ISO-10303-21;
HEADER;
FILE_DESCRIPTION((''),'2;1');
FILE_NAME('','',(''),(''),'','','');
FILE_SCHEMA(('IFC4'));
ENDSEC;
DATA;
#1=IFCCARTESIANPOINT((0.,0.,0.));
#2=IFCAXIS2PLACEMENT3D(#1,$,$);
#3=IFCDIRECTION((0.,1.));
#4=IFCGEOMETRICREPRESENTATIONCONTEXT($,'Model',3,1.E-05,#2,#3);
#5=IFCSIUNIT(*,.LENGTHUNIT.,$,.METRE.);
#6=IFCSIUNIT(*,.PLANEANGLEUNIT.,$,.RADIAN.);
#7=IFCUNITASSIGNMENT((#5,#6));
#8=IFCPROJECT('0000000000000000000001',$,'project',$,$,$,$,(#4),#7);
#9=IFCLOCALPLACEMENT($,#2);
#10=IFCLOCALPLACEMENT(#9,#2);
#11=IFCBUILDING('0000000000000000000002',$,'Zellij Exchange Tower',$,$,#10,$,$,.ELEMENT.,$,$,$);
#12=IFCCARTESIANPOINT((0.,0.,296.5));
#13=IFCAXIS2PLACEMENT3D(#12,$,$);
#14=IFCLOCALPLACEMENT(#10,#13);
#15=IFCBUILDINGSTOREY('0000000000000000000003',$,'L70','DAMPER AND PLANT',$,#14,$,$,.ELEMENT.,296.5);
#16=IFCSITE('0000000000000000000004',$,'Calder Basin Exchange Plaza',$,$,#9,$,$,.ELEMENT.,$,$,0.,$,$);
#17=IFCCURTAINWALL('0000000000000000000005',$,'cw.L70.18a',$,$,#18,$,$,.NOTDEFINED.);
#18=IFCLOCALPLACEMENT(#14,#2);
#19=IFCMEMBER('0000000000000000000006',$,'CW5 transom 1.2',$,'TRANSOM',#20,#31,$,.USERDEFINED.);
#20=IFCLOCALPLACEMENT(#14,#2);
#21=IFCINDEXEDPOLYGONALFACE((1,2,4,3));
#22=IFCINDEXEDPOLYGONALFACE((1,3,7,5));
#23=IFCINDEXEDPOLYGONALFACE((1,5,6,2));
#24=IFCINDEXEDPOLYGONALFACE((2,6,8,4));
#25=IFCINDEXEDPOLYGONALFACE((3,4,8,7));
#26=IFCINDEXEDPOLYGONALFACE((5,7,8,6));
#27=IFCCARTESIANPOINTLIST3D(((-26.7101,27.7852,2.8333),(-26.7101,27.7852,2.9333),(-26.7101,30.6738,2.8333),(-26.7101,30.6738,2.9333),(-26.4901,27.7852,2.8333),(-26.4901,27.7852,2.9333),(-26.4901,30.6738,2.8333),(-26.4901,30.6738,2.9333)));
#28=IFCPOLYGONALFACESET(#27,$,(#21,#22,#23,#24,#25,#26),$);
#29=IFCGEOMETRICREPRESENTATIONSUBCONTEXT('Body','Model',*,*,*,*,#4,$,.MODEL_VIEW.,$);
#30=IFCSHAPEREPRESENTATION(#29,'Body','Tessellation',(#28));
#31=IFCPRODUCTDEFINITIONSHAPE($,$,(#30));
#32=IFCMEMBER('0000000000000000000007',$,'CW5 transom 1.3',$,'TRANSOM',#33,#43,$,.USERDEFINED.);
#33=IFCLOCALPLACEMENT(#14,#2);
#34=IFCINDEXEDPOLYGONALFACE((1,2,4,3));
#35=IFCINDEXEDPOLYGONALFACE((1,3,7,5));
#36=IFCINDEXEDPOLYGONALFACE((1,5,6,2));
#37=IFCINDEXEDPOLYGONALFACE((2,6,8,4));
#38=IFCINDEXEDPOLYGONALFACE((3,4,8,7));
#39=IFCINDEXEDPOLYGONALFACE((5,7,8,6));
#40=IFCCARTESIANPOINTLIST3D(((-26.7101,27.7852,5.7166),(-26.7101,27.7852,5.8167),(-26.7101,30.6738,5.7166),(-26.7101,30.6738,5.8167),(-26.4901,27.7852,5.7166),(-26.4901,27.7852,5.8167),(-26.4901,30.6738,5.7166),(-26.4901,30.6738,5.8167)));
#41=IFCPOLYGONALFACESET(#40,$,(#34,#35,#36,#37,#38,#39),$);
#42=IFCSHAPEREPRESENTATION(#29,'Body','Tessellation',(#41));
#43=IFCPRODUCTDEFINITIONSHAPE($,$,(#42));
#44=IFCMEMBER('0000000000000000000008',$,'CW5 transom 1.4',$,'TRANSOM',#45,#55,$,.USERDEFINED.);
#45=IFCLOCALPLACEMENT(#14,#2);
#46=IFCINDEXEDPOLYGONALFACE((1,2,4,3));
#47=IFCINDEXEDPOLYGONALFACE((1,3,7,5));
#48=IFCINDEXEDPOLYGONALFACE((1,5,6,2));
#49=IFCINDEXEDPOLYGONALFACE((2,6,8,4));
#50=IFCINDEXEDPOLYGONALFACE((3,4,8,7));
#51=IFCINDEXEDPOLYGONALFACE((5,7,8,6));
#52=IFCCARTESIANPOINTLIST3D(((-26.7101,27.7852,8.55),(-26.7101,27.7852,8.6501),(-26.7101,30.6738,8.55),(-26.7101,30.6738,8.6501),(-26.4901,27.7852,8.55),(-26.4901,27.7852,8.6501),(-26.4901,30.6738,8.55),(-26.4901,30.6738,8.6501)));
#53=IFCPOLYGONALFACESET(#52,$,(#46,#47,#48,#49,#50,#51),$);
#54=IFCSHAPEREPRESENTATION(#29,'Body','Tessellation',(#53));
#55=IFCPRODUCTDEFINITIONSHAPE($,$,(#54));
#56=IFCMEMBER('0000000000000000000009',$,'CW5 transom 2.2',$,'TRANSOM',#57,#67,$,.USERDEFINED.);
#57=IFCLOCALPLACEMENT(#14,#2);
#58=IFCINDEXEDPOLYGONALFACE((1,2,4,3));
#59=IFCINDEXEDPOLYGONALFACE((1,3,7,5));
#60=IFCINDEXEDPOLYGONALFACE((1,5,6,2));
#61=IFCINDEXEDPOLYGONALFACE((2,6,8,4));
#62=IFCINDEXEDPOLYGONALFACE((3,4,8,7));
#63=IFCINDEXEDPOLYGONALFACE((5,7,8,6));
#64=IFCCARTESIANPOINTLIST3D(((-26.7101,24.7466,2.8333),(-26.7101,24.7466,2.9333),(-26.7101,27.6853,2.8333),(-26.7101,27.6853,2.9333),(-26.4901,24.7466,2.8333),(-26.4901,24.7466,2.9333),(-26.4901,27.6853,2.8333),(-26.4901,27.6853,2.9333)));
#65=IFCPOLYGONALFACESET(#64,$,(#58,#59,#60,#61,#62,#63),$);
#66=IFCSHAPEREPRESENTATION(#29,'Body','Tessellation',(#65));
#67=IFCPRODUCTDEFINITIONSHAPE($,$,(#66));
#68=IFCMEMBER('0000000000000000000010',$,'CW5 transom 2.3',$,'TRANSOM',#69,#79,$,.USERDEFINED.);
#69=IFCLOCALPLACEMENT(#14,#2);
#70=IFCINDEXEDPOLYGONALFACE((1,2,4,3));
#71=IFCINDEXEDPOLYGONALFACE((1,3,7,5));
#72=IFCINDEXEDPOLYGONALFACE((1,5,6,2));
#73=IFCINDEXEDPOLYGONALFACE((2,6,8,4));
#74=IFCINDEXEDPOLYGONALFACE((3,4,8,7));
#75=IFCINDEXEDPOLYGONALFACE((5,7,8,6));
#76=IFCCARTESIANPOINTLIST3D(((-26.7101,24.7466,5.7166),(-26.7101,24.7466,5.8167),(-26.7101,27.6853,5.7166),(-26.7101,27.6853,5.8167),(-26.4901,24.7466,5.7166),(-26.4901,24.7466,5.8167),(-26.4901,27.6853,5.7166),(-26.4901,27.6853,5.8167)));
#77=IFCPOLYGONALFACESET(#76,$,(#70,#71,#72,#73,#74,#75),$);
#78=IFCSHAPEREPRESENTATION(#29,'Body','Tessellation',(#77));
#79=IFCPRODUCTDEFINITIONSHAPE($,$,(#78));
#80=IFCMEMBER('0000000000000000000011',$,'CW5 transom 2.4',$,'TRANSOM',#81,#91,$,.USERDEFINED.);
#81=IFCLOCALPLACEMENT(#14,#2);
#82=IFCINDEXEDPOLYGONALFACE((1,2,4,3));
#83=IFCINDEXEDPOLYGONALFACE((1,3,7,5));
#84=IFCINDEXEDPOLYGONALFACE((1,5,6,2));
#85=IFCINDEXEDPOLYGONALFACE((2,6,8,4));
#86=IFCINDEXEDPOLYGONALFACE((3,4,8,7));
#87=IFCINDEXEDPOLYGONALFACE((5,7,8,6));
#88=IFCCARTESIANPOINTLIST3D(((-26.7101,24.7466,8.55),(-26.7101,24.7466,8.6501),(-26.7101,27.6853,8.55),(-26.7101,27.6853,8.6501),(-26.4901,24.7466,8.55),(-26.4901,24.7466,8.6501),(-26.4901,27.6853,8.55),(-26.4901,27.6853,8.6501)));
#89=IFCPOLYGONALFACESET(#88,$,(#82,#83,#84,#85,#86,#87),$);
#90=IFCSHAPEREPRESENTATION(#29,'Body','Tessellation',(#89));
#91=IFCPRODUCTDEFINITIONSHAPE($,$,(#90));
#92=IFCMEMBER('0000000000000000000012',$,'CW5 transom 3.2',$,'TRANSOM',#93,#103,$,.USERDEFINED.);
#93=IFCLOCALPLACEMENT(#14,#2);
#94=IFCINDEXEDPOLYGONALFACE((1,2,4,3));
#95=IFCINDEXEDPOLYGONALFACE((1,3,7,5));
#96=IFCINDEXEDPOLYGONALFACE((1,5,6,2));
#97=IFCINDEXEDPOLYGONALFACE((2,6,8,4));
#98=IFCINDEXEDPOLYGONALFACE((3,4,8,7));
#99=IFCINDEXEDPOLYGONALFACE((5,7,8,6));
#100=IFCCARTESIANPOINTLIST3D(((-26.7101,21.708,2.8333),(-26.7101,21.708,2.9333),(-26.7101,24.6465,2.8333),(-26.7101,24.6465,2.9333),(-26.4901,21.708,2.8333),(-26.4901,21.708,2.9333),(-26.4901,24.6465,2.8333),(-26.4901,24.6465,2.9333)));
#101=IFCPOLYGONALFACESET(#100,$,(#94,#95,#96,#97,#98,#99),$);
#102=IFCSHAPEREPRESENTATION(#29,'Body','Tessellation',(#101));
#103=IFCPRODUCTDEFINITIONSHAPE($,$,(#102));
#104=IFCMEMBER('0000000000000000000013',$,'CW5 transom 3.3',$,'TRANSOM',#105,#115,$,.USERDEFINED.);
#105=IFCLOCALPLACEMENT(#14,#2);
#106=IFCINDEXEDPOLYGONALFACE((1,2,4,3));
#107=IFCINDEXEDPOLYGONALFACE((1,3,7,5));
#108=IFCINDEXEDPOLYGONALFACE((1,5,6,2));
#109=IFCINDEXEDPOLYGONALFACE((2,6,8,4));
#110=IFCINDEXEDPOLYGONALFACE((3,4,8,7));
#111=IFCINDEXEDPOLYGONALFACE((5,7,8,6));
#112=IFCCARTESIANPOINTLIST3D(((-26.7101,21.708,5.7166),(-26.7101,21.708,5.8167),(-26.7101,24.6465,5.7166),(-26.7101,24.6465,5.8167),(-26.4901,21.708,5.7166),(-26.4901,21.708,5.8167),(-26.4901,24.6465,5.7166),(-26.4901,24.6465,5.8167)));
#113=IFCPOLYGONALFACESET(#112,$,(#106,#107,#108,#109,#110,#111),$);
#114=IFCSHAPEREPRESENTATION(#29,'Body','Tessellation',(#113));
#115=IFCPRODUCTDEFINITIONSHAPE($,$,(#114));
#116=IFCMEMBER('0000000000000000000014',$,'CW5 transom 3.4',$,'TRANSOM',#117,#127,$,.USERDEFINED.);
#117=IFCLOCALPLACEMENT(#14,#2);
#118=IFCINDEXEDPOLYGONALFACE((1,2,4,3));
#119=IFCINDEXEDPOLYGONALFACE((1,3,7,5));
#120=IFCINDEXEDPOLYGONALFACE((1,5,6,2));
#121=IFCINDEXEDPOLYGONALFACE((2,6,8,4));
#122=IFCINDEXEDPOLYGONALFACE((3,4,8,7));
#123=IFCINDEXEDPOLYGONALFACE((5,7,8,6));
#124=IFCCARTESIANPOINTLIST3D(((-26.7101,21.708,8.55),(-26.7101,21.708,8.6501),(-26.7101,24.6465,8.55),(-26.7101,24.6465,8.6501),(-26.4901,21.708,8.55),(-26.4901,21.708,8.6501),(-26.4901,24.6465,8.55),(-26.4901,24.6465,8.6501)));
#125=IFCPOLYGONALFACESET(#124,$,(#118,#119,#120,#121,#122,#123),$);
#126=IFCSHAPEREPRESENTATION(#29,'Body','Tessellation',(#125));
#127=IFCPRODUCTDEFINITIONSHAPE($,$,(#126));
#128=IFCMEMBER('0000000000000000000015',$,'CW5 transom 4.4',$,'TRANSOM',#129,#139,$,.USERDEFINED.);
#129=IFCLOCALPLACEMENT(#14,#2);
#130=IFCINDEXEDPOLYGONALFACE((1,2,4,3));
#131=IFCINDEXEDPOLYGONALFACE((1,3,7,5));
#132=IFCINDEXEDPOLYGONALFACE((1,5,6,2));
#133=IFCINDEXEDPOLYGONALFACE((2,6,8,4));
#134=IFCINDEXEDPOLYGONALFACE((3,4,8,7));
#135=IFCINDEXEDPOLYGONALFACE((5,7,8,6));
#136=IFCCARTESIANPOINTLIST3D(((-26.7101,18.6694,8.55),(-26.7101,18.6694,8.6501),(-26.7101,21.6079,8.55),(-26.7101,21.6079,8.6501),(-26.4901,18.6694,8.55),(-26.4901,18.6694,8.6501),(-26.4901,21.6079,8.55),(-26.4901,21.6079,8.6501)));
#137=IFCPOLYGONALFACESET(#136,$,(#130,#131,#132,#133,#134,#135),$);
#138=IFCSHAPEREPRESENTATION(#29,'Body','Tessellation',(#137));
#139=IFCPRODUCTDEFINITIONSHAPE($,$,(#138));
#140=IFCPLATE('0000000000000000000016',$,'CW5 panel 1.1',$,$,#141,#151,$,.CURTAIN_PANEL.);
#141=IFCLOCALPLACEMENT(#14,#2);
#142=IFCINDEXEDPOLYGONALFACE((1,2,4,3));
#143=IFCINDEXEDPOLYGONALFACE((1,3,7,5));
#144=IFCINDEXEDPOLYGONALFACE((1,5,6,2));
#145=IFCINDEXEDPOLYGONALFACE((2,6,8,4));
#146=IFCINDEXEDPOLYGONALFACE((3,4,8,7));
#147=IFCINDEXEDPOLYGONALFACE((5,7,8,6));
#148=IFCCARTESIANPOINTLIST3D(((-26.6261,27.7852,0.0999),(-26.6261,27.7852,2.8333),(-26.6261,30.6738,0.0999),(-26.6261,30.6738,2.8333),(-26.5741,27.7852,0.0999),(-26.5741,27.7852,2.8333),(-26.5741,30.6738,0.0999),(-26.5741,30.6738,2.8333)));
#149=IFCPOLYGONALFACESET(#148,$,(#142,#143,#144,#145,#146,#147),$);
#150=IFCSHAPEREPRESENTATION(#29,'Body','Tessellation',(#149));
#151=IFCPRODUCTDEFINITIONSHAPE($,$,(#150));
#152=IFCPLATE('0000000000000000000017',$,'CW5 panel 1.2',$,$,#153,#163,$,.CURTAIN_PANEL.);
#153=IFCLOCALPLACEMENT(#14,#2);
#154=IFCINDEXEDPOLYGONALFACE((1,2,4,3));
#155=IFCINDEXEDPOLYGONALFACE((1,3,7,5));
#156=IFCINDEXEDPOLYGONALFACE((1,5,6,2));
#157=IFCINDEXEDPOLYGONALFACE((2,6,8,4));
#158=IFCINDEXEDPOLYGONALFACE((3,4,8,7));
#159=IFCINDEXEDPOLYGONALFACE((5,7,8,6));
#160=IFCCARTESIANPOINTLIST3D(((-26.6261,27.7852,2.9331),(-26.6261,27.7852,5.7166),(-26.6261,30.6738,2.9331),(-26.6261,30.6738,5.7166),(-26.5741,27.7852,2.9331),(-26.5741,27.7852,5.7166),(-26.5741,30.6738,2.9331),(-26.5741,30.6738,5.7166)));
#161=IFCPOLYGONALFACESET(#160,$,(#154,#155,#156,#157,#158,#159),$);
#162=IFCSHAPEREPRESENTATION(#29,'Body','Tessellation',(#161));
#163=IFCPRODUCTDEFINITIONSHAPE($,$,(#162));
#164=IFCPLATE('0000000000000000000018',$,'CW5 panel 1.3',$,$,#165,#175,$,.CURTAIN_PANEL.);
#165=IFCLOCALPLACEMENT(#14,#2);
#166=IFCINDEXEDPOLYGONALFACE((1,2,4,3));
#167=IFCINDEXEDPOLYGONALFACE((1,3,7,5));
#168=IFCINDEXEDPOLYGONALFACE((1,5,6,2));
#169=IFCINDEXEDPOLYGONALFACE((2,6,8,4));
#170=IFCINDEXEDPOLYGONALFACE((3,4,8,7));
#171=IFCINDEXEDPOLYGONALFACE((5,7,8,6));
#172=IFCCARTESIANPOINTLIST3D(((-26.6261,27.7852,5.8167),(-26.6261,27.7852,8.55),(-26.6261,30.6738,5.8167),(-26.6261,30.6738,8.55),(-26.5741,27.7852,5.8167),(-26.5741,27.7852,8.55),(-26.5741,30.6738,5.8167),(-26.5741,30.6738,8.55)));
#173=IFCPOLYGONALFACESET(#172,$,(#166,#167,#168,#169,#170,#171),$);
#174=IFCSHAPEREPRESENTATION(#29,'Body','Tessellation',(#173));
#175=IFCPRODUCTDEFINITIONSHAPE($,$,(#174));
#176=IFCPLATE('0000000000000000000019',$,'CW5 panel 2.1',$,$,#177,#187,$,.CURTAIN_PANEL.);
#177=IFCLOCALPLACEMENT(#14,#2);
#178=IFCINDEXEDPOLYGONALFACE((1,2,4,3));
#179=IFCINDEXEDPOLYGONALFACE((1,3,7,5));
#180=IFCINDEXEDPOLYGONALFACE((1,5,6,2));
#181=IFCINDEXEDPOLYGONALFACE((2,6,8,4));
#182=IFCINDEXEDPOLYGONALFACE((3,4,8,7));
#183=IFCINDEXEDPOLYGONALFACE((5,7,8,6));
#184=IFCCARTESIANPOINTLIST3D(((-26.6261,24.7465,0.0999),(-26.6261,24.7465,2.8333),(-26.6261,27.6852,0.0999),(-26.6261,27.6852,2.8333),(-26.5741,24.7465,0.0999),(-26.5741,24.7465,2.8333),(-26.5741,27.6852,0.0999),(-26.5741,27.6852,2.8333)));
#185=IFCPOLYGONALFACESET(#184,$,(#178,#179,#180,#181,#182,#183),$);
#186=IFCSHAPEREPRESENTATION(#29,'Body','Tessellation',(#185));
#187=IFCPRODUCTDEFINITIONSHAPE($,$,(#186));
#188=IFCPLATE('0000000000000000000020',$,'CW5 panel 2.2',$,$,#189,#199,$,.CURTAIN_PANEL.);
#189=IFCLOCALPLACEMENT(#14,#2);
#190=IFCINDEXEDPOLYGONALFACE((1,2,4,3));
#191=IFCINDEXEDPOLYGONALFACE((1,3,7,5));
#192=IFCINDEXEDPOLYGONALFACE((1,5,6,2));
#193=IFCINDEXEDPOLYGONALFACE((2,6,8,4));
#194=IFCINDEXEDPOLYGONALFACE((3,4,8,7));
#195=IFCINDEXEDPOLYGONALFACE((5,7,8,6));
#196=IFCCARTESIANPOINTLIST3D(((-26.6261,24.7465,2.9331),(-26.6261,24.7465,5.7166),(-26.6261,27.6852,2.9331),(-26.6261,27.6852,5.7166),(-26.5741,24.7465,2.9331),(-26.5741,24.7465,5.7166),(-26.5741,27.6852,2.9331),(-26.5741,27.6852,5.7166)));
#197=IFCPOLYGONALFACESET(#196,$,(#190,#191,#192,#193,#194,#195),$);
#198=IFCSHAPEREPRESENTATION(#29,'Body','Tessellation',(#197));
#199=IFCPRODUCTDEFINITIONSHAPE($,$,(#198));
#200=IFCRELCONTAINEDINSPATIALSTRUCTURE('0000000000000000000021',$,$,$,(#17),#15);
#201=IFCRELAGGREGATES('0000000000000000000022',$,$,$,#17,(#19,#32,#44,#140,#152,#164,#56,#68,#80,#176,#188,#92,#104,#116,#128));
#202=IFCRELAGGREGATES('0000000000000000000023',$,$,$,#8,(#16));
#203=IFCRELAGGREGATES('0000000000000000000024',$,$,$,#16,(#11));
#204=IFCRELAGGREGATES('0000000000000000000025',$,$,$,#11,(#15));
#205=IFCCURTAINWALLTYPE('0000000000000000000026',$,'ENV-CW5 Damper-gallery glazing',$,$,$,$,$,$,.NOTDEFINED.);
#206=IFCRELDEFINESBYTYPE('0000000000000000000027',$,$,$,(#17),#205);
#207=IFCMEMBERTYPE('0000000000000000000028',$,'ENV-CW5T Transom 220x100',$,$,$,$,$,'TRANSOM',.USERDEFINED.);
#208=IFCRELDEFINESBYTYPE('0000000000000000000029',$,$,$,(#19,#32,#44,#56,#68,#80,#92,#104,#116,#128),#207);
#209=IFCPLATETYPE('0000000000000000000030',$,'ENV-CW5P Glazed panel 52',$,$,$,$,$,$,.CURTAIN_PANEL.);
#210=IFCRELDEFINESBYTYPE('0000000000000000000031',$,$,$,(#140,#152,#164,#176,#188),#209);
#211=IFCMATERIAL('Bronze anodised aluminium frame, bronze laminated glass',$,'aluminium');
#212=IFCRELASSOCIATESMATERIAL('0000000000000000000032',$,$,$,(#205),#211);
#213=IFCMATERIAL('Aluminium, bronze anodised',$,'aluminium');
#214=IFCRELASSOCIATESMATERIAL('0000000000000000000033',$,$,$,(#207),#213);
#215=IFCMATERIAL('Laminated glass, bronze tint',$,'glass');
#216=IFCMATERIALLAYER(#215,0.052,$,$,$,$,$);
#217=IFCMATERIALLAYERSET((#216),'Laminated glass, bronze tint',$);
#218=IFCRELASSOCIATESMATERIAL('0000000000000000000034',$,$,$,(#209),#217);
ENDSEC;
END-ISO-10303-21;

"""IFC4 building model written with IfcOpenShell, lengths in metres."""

from ifc_helpers import new_model, si_unit, direction, frame, origin, origin_2d, place, context, subcontext, project, spatial, rectangle, extrude, material, layer, layer_set, material_profile, profile_set, type_object, element, aggregate, save


model = new_model("IFC4")

# Units and contexts
model_context = context("Model", 3, precision=1e-05, world=origin(), true_north=direction((0.0, 1.0)))
body_context = subcontext(model_context, "Body", "Model", "MODEL_VIEW")
ifc_project = project(units=[si_unit("LENGTHUNIT", "METRE"), si_unit("PLANEANGLEUNIT", "RADIAN")], contexts=[model_context])

# Site, building, storey
site_placement = place(None, origin())
site = spatial("IfcSite", under=ifc_project, at=site_placement, Name="Calder Basin Exchange Plaza", CompositionType="ELEMENT", RefElevation=0.0)
building_placement = place(site_placement, origin())
building = spatial("IfcBuilding", under=site, at=building_placement, Name="Zellij Exchange Tower", CompositionType="ELEMENT")
storey_placement = place(building_placement, frame((0.0, 0.0, 296.5)))
storey = spatial("IfcBuildingStorey", under=building, at=storey_placement, Name="L70", Description="DAMPER AND PLANT", CompositionType="ELEMENT", Elevation=296.5)

# Curtain wall, members, plates
ifc_material_1 = material(Name="Bronze anodised aluminium frame, bronze laminated glass", Category="aluminium")
curtain_wall_type = type_object("IfcCurtainWallType", Name="ENV-CW5 Damper-gallery glazing", PredefinedType="NOTDEFINED", material=ifc_material_1)
curtain_wall_placement = place(storey_placement, origin())
curtain_wall = element("IfcCurtainWall", 1, at=curtain_wall_placement, inside=storey, type_object=curtain_wall_type, Name="cw.L70.18a", PredefinedType="NOTDEFINED")
ifc_material_2 = material(Name="Aluminium, bronze anodised", Category="aluminium")
ifc_material_profile = material_profile(ifc_material_2, rectangle(XDim=0.22, YDim=0.1001, at=origin_2d()), Name="AL 220x100")
ifc_profile_set = profile_set([ifc_material_profile], Name="Aluminium, bronze anodised")
member_type = type_object("IfcMemberType", Name="ENV-CW5T Transom 220x100", ElementType="TRANSOM", PredefinedType="USERDEFINED", material=ifc_profile_set)
member_1_placement = place(storey_placement, frame((-26.6001, 30.6738, 2.8833), z_axis=(0.0, -1.0, 0.0), x_axis=(1.0, 0.0, 0.0)))
member_1 = element("IfcMember", 2, at=member_1_placement, type_object=member_type, Name="CW5 transom 1.2", ObjectType="TRANSOM", PredefinedType="USERDEFINED", context=body_context, shape_type="SweptSolid", body=[
    extrude(rectangle(XDim=0.22, YDim=0.1001, at=origin_2d()), origin(), (0.0, 0.0, 1.0), 2.8887),
])
member_2_placement = place(storey_placement, frame((-26.6001, 30.6738, 5.7666), z_axis=(0.0, -1.0, 0.0), x_axis=(1.0, 0.0, 0.0)))
member_2 = element("IfcMember", 3, at=member_2_placement, type_object=member_type, Name="CW5 transom 1.3", ObjectType="TRANSOM", PredefinedType="USERDEFINED", context=body_context, shape_type="SweptSolid", body=[
    extrude(rectangle(XDim=0.22, YDim=0.1001, at=origin_2d()), origin(), (0.0, 0.0, 1.0), 2.8887),
])
member_3_placement = place(storey_placement, frame((-26.6001, 30.6738, 8.6001), z_axis=(0.0, -1.0, 0.0), x_axis=(1.0, 0.0, 0.0)))
member_3 = element("IfcMember", 4, at=member_3_placement, type_object=member_type, Name="CW5 transom 1.4", ObjectType="TRANSOM", PredefinedType="USERDEFINED", context=body_context, shape_type="SweptSolid", body=[
    extrude(rectangle(XDim=0.22, YDim=0.1001, at=origin_2d()), origin(), (0.0, 0.0, 1.0), 2.8887),
])
member_4_placement = place(storey_placement, frame((-26.6001, 27.6853, 2.8833), z_axis=(0.0, -1.0, 0.0), x_axis=(1.0, 0.0, 0.0)))
member_4 = element("IfcMember", 5, at=member_4_placement, type_object=member_type, Name="CW5 transom 2.2", ObjectType="TRANSOM", PredefinedType="USERDEFINED", context=body_context, shape_type="SweptSolid", body=[
    extrude(rectangle(XDim=0.22, YDim=0.1001, at=origin_2d()), origin(), (0.0, 0.0, 1.0), 2.9387),
])
member_5_placement = place(storey_placement, frame((-26.6001, 27.6853, 5.7666), z_axis=(0.0, -1.0, 0.0), x_axis=(1.0, 0.0, 0.0)))
member_5 = element("IfcMember", 6, at=member_5_placement, type_object=member_type, Name="CW5 transom 2.3", ObjectType="TRANSOM", PredefinedType="USERDEFINED", context=body_context, shape_type="SweptSolid", body=[
    extrude(rectangle(XDim=0.22, YDim=0.1001, at=origin_2d()), origin(), (0.0, 0.0, 1.0), 2.9387),
])
member_6_placement = place(storey_placement, frame((-26.6001, 27.6853, 8.6001), z_axis=(0.0, -1.0, 0.0), x_axis=(1.0, 0.0, 0.0)))
member_6 = element("IfcMember", 7, at=member_6_placement, type_object=member_type, Name="CW5 transom 2.4", ObjectType="TRANSOM", PredefinedType="USERDEFINED", context=body_context, shape_type="SweptSolid", body=[
    extrude(rectangle(XDim=0.22, YDim=0.1001, at=origin_2d()), origin(), (0.0, 0.0, 1.0), 2.9387),
])
member_7_placement = place(storey_placement, frame((-26.6001, 24.6465, 2.8833), z_axis=(0.0, -1.0, 0.0), x_axis=(1.0, 0.0, 0.0)))
member_7 = element("IfcMember", 8, at=member_7_placement, type_object=member_type, Name="CW5 transom 3.2", ObjectType="TRANSOM", PredefinedType="USERDEFINED", context=body_context, shape_type="SweptSolid", body=[
    extrude(rectangle(XDim=0.22, YDim=0.1001, at=origin_2d()), origin(), (0.0, 0.0, 1.0), 2.9385),
])
member_8_placement = place(storey_placement, frame((-26.6001, 24.6465, 5.7666), z_axis=(0.0, -1.0, 0.0), x_axis=(1.0, 0.0, 0.0)))
member_8 = element("IfcMember", 9, at=member_8_placement, type_object=member_type, Name="CW5 transom 3.3", ObjectType="TRANSOM", PredefinedType="USERDEFINED", context=body_context, shape_type="SweptSolid", body=[
    extrude(rectangle(XDim=0.22, YDim=0.1001, at=origin_2d()), origin(), (0.0, 0.0, 1.0), 2.9385),
])
member_9_placement = place(storey_placement, frame((-26.6001, 24.6465, 8.6001), z_axis=(0.0, -1.0, 0.0), x_axis=(1.0, 0.0, 0.0)))
member_9 = element("IfcMember", 10, at=member_9_placement, type_object=member_type, Name="CW5 transom 3.4", ObjectType="TRANSOM", PredefinedType="USERDEFINED", context=body_context, shape_type="SweptSolid", body=[
    extrude(rectangle(XDim=0.22, YDim=0.1001, at=origin_2d()), origin(), (0.0, 0.0, 1.0), 2.9385),
])
member_10_placement = place(storey_placement, frame((-26.6001, 21.6079, 8.6001), z_axis=(0.0, -1.0, 0.0), x_axis=(1.0, 0.0, 0.0)))
member_10 = element("IfcMember", 11, at=member_10_placement, type_object=member_type, Name="CW5 transom 4.4", ObjectType="TRANSOM", PredefinedType="USERDEFINED", context=body_context, shape_type="SweptSolid", body=[
    extrude(rectangle(XDim=0.22, YDim=0.1001, at=origin_2d()), origin(), (0.0, 0.0, 1.0), 2.9385),
])
ifc_material_3 = material(Name="Laminated glass, bronze tint", Category="glass")
ifc_layer = layer(ifc_material_3, 0.052)
ifc_layer_set = layer_set([ifc_layer], Name="Laminated glass, bronze tint")
plate_type = type_object("IfcPlateType", Name="ENV-CW5P Glazed panel 52", PredefinedType="CURTAIN_PANEL", material=ifc_layer_set)
plate_1_placement = place(storey_placement, frame((-26.6001, 29.2295, 0.0999), z_axis=(0.0, 0.0, 1.0), x_axis=(0.0, -1.0, 0.0)))
plate_1 = element("IfcPlate", 12, at=plate_1_placement, type_object=plate_type, Name="CW5 panel 1.1", PredefinedType="CURTAIN_PANEL", context=body_context, shape_type="SweptSolid", body=[
    extrude(rectangle(XDim=2.8887, YDim=0.052, at=origin_2d()), origin(), (0.0, 0.0, 1.0), 2.7334),
])
plate_2_placement = place(storey_placement, frame((-26.6001, 29.2295, 2.9331), z_axis=(0.0, 0.0, 1.0), x_axis=(0.0, -1.0, 0.0)))
plate_2 = element("IfcPlate", 13, at=plate_2_placement, type_object=plate_type, Name="CW5 panel 1.2", PredefinedType="CURTAIN_PANEL", context=body_context, shape_type="SweptSolid", body=[
    extrude(rectangle(XDim=2.8887, YDim=0.052, at=origin_2d()), origin(), (0.0, 0.0, 1.0), 2.7834),
])
plate_3_placement = place(storey_placement, frame((-26.6001, 29.2295, 5.8167), z_axis=(0.0, 0.0, 1.0), x_axis=(0.0, -1.0, 0.0)))
plate_3 = element("IfcPlate", 14, at=plate_3_placement, type_object=plate_type, Name="CW5 panel 1.3", PredefinedType="CURTAIN_PANEL", context=body_context, shape_type="SweptSolid", body=[
    extrude(rectangle(XDim=2.8887, YDim=0.052, at=origin_2d()), origin(), (0.0, 0.0, 1.0), 2.7334),
])
plate_4_placement = place(storey_placement, frame((-26.6001, 26.2158, 0.0999), z_axis=(0.0, 0.0, 1.0), x_axis=(0.0, -1.0, 0.0)))
plate_4 = element("IfcPlate", 15, at=plate_4_placement, type_object=plate_type, Name="CW5 panel 2.1", PredefinedType="CURTAIN_PANEL", context=body_context, shape_type="SweptSolid", body=[
    extrude(rectangle(XDim=2.9387, YDim=0.052, at=origin_2d()), origin(), (0.0, 0.0, 1.0), 2.7334),
])
plate_5_placement = place(storey_placement, frame((-26.6001, 26.2158, 2.9331), z_axis=(0.0, 0.0, 1.0), x_axis=(0.0, -1.0, 0.0)))
plate_5 = element("IfcPlate", 16, at=plate_5_placement, type_object=plate_type, Name="CW5 panel 2.2", PredefinedType="CURTAIN_PANEL", context=body_context, shape_type="SweptSolid", body=[
    extrude(rectangle(XDim=2.9387, YDim=0.052, at=origin_2d()), origin(), (0.0, 0.0, 1.0), 2.7834),
])
aggregate(curtain_wall, [member_1, member_2, member_3, plate_1, plate_2, plate_3, member_4, member_5, member_6, plate_4, plate_5, member_7, member_8, member_9, member_10])

save(model, "model.ifc")
